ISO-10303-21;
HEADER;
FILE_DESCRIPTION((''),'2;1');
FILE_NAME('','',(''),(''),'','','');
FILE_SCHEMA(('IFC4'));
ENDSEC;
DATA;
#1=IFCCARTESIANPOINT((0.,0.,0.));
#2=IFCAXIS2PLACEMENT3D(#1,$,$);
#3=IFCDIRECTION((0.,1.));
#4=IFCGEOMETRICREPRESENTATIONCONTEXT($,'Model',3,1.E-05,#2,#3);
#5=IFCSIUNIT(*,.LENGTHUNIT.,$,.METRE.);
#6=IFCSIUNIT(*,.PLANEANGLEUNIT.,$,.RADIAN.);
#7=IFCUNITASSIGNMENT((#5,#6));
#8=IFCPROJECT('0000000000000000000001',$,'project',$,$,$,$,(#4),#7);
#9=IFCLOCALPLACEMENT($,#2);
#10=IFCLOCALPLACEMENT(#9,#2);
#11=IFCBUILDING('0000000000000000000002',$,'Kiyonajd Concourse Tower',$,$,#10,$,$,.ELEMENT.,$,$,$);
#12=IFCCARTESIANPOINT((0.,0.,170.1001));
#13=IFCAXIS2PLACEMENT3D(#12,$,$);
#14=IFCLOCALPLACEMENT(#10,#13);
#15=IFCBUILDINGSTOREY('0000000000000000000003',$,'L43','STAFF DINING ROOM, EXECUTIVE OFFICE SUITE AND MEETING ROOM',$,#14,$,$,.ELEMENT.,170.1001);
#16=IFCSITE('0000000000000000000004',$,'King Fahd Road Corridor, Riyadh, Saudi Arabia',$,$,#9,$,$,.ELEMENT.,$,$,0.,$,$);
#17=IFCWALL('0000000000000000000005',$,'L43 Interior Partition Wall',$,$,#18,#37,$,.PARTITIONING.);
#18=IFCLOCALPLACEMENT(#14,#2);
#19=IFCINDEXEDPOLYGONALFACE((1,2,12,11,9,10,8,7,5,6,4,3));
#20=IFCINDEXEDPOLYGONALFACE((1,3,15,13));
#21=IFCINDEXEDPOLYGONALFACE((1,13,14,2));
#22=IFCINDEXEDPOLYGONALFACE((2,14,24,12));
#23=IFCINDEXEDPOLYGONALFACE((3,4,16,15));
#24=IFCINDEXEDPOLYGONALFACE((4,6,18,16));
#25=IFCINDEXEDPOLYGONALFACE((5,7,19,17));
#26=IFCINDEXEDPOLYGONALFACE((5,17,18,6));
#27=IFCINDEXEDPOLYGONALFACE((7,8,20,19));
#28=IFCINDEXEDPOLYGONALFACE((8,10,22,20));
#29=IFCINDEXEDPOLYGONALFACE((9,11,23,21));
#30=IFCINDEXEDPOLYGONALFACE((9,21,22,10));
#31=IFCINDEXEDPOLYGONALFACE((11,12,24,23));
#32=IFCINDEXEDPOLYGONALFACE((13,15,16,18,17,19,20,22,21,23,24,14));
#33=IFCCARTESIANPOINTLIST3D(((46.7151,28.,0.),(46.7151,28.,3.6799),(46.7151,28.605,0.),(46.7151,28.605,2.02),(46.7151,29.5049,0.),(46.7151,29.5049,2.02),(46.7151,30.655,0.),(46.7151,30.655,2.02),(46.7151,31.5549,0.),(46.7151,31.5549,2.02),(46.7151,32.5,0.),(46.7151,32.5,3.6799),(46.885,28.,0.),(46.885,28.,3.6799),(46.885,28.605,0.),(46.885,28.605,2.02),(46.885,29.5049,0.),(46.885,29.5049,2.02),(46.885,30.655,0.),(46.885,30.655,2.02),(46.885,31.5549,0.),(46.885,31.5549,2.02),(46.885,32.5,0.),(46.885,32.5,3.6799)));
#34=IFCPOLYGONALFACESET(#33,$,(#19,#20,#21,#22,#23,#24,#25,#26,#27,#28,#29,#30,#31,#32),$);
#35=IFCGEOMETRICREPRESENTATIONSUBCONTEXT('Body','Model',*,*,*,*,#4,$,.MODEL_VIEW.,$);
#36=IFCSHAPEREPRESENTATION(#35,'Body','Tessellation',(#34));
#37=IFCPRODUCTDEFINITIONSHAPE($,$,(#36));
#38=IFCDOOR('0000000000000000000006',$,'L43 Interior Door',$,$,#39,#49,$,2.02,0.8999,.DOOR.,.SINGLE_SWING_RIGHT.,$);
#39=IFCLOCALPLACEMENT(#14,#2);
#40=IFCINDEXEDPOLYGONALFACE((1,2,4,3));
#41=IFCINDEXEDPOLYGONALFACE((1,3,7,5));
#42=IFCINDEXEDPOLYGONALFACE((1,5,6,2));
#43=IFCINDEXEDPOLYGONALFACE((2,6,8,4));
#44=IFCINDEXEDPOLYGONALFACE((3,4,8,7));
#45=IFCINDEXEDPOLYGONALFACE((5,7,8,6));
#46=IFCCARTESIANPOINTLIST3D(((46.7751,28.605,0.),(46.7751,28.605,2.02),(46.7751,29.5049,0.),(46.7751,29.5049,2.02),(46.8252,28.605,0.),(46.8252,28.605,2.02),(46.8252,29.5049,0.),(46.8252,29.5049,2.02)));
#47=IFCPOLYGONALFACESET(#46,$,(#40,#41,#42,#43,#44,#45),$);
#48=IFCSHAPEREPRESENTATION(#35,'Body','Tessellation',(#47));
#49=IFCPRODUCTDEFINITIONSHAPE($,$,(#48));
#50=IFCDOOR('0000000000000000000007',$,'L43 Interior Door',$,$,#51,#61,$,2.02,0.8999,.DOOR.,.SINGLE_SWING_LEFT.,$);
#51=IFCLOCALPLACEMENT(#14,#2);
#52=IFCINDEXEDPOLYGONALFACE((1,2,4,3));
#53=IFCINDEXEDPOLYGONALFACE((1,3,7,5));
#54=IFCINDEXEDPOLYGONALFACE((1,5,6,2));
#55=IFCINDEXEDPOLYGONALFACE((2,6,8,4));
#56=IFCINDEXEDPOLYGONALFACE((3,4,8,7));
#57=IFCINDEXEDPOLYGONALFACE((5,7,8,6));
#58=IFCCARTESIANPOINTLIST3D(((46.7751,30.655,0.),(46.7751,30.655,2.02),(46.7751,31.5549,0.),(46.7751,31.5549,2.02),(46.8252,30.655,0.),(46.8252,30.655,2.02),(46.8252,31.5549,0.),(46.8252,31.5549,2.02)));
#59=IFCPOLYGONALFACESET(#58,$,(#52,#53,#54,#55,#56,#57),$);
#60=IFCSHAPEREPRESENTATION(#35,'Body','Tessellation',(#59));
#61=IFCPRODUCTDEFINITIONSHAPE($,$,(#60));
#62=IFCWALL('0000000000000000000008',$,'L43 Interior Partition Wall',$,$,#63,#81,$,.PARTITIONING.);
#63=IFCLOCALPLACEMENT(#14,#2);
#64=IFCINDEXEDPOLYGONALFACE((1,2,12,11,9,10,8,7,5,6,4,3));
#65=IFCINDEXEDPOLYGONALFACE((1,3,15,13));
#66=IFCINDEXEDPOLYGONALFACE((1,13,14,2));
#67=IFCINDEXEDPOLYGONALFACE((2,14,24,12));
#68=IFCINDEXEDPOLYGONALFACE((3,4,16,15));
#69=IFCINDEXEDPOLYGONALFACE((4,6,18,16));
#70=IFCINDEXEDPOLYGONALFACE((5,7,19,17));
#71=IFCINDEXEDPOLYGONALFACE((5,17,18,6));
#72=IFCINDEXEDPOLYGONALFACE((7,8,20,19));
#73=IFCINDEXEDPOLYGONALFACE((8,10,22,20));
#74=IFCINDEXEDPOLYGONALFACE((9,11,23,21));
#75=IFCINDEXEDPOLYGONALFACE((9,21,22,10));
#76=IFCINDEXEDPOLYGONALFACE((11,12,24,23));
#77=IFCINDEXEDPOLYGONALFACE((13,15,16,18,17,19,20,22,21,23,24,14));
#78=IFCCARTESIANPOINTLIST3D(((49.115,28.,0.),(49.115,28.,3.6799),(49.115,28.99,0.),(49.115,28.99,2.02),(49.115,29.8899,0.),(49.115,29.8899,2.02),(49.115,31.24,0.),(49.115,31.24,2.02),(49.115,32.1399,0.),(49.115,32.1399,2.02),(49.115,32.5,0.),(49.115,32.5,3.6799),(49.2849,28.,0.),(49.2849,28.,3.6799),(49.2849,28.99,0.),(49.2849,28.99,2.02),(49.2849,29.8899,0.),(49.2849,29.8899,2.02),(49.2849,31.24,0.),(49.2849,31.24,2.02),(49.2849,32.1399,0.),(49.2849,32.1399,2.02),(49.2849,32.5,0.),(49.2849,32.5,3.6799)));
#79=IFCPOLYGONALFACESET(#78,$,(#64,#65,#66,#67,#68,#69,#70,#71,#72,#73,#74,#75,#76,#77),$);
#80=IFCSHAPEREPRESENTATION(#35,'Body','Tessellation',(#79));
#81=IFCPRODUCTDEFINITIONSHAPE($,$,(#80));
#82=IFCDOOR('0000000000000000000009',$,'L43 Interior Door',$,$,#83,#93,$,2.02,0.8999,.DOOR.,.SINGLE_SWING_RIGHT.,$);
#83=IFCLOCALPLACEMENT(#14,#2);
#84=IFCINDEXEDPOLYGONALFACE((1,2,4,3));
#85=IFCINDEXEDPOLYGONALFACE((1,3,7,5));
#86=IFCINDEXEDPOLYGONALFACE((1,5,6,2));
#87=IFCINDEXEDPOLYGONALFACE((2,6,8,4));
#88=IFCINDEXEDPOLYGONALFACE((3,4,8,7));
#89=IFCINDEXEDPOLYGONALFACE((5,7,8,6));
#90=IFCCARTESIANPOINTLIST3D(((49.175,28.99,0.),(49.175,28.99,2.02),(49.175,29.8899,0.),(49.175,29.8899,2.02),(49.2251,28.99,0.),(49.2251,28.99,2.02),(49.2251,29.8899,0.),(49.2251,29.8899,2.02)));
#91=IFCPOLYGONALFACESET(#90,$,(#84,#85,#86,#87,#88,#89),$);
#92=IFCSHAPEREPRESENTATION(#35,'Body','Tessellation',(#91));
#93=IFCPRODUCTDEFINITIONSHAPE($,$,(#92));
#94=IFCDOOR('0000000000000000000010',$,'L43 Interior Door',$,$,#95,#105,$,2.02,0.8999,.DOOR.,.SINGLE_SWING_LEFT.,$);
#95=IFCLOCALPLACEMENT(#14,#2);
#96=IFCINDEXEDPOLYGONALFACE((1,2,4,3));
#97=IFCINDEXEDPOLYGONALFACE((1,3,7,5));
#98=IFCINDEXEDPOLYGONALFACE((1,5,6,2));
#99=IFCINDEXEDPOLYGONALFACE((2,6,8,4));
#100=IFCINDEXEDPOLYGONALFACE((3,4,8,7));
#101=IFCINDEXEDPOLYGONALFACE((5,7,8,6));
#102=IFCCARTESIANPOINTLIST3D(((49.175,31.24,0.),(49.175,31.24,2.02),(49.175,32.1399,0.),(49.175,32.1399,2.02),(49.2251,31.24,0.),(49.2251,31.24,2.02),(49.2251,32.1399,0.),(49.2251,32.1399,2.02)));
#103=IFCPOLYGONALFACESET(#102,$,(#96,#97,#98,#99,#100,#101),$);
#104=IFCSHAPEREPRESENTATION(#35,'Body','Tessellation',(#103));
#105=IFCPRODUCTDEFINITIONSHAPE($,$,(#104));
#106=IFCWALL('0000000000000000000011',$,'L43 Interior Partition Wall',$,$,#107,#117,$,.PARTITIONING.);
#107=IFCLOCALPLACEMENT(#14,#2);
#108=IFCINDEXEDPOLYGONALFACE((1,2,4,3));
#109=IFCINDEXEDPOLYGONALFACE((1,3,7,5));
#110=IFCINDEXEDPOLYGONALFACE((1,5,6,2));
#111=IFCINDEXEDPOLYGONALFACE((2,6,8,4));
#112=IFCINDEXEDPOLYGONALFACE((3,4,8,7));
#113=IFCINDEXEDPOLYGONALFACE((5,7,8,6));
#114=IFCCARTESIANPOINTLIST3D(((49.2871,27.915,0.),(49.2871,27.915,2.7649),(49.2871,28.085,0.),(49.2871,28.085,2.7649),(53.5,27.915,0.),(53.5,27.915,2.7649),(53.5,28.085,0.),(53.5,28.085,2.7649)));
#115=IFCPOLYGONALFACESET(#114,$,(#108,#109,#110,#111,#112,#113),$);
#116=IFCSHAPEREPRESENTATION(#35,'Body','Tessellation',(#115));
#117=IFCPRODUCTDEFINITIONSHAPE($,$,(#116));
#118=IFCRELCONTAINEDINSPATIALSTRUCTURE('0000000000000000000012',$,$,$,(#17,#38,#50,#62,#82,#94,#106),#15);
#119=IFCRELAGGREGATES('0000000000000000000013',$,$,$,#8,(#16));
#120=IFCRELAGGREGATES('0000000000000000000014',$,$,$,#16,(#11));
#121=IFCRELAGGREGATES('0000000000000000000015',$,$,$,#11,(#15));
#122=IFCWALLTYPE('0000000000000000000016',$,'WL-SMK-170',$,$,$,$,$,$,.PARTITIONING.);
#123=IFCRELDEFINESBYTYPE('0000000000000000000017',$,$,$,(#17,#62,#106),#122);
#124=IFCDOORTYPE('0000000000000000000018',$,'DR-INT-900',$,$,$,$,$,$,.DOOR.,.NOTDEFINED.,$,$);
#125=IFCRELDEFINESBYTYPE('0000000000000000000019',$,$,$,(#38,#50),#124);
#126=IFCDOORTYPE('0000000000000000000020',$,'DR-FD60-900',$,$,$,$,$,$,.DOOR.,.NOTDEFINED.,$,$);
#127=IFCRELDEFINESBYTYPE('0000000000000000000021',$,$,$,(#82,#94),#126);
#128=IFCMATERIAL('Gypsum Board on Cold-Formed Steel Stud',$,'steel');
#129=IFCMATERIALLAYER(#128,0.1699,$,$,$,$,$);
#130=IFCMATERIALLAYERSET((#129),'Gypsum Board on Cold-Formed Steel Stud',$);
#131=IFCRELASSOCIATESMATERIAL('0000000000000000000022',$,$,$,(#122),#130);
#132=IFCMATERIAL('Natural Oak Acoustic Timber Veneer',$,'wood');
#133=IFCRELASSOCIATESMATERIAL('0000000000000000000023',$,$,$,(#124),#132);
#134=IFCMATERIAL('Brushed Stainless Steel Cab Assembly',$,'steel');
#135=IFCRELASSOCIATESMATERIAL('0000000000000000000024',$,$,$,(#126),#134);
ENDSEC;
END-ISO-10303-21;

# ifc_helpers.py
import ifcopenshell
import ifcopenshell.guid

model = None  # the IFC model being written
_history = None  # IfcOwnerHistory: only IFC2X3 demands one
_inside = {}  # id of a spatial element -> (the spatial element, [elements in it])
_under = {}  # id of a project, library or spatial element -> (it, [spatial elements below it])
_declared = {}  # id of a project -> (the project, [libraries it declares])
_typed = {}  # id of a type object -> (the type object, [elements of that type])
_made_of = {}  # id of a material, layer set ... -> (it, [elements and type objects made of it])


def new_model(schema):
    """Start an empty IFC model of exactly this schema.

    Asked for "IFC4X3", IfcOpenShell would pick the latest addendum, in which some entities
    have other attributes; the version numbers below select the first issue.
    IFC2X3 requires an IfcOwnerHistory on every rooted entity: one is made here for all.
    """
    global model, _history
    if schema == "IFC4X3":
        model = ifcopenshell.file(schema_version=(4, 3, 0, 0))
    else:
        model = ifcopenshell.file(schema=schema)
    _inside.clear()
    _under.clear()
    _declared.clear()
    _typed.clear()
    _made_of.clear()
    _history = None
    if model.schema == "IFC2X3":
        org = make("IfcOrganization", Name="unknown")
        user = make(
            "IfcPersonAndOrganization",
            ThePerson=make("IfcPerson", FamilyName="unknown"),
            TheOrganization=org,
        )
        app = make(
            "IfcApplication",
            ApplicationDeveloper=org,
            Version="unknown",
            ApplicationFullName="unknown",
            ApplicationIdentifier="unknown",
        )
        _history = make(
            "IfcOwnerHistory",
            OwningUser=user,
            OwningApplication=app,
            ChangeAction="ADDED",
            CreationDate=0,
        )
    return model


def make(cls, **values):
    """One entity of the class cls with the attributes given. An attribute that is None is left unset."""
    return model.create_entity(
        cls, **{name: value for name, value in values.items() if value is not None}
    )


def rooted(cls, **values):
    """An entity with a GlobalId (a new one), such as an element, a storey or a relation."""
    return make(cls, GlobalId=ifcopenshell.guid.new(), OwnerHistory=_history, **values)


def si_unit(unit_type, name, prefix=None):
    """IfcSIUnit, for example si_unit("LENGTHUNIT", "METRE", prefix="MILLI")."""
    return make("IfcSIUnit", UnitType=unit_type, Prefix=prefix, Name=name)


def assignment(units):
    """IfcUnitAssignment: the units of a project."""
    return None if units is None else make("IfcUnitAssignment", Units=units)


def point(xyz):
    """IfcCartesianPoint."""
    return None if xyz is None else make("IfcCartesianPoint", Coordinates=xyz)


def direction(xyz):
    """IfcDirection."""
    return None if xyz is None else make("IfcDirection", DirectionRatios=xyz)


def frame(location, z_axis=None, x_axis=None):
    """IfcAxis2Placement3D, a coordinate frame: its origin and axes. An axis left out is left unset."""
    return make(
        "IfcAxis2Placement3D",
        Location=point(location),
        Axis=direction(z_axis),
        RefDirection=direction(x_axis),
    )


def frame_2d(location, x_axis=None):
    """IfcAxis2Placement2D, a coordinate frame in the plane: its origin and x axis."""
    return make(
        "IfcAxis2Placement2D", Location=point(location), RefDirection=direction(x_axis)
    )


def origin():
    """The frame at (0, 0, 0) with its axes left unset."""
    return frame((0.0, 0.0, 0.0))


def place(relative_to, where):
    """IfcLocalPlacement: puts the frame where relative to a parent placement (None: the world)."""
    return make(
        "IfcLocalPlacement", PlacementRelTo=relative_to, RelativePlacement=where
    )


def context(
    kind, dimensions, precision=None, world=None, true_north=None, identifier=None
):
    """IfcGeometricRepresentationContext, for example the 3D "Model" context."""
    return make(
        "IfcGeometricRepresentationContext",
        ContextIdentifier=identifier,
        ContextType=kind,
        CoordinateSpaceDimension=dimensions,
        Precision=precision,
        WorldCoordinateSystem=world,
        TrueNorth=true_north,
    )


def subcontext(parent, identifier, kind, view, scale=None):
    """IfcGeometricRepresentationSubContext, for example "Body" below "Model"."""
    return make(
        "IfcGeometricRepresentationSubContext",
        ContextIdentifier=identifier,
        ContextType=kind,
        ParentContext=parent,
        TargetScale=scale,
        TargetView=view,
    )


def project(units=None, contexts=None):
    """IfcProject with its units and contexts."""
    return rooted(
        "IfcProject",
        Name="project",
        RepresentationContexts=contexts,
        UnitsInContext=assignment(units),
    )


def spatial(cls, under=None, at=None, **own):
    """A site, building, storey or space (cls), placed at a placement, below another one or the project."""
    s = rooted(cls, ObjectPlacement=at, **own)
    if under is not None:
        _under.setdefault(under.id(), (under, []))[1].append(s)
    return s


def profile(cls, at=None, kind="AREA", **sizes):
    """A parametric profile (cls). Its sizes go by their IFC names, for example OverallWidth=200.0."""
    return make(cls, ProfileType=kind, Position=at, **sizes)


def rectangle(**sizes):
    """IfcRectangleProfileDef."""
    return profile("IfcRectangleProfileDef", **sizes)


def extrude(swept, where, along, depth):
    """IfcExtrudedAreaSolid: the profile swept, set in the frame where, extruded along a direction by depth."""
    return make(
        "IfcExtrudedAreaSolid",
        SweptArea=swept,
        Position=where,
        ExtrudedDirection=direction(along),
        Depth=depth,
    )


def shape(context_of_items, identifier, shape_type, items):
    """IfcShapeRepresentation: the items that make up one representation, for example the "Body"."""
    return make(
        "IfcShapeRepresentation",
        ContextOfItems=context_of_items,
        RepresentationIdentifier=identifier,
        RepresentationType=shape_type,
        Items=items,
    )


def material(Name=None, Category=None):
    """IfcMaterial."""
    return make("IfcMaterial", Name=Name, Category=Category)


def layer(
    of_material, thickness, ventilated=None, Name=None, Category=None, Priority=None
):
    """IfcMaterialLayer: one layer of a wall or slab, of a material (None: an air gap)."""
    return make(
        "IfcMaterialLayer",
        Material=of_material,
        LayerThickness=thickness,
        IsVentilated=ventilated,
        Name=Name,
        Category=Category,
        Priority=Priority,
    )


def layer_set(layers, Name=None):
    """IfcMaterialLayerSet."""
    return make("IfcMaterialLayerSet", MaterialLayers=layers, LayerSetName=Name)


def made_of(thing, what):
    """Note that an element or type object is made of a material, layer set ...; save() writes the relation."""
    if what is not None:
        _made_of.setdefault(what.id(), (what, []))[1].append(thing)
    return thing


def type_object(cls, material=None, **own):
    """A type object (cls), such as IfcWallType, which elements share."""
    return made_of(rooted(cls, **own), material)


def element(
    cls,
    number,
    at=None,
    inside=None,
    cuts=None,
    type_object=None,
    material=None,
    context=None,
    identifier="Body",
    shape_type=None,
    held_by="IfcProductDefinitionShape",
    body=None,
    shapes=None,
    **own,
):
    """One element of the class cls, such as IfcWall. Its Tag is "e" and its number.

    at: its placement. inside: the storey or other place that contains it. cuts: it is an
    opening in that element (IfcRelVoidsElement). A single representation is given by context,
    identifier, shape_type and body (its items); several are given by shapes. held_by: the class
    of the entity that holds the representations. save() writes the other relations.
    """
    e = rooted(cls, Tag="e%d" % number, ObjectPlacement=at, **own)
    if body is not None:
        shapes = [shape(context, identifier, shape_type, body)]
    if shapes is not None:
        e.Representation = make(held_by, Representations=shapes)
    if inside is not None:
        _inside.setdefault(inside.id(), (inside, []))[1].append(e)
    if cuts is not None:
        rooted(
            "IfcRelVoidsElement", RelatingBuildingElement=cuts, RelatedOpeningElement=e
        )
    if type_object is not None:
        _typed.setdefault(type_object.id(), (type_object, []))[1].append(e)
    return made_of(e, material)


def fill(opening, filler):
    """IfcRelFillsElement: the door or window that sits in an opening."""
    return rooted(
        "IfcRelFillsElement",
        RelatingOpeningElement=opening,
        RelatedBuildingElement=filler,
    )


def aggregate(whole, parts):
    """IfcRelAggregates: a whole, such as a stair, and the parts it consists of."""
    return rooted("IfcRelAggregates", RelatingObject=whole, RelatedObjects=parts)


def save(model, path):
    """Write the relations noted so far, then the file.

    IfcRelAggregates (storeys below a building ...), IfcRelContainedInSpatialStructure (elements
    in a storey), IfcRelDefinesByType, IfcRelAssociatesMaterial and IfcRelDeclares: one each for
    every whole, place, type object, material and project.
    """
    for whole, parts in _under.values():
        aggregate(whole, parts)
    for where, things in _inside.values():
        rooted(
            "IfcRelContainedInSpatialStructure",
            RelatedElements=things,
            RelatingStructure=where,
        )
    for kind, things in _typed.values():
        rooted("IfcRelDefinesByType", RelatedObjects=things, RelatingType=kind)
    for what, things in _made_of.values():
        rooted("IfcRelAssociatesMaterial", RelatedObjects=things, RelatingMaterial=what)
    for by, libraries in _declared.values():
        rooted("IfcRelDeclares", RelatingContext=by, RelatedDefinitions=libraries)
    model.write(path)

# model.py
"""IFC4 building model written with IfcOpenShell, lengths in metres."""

from ifc_helpers import new_model, si_unit, direction, frame, frame_2d, origin, place, context, subcontext, project, spatial, rectangle, extrude, material, layer, layer_set, type_object, element, fill, save


model = new_model("IFC4")

# Units and contexts
model_context = context("Model", 3, precision=1e-05, world=origin(), true_north=direction((0.0, 1.0)))
body_context = subcontext(model_context, "Body", "Model", "MODEL_VIEW")
ifc_project = project(units=[si_unit("LENGTHUNIT", "METRE"), si_unit("PLANEANGLEUNIT", "RADIAN")], contexts=[model_context])

# Site, building, storey
site_placement = place(None, origin())
site = spatial("IfcSite", under=ifc_project, at=site_placement, Name="King Fahd Road Corridor, Riyadh, Saudi Arabia", CompositionType="ELEMENT", RefElevation=0.0)
building_placement = place(site_placement, origin())
building = spatial("IfcBuilding", under=site, at=building_placement, Name="Kiyonajd Concourse Tower", CompositionType="ELEMENT")
storey_placement = place(building_placement, frame((0.0, 0.0, 170.1001)))
storey = spatial("IfcBuildingStorey", under=building, at=storey_placement, Name="L43", Description="STAFF DINING ROOM, EXECUTIVE OFFICE SUITE AND MEETING ROOM", CompositionType="ELEMENT", Elevation=170.1001)

# Shared definitions
ifc_material_1 = material(Name="Gypsum Board on Cold-Formed Steel Stud", Category="steel")

# Shared definitions
ifc_layer_1 = layer(ifc_material_1, 0.1699)
ifc_layer_set_1 = layer_set([ifc_layer_1], Name="Gypsum Board on Cold-Formed Steel Stud")
wall_type_1 = type_object("IfcWallType", Name="WL-SMK-170", PredefinedType="PARTITIONING", material=ifc_layer_set_1)
ifc_material_2 = material(Name="Natural Oak Acoustic Timber Veneer", Category="wood")
door_type_1 = type_object("IfcDoorType", Name="DR-INT-900", OperationType="NOTDEFINED", PredefinedType="DOOR", material=ifc_material_2)

# Shared definitions
ifc_material_3 = material(Name="Brushed Stainless Steel Cab Assembly", Category="steel")
door_type_2 = type_object("IfcDoorType", Name="DR-FD60-900", OperationType="NOTDEFINED", PredefinedType="DOOR", material=ifc_material_3)

# Walls, openings, doors
wall_1_placement = place(storey_placement, frame((46.8, 28.0, 0.0), z_axis=(0.0, 0.0, 1.0), x_axis=(0.0, 1.0, 0.0)))
wall_1 = element("IfcWall", 1, at=wall_1_placement, inside=storey, type_object=wall_type_1, Name="L43 Interior Partition Wall", PredefinedType="PARTITIONING", context=body_context, shape_type="SweptSolid", body=[
    extrude(rectangle(XDim=4.5, YDim=0.1699, at=frame_2d((2.25, 0.0))), origin(), (0.0, 0.0, 1.0), 3.6799),
])
opening_1_placement = place(wall_1_placement, frame((0.605, 0.0, 0.0)))
opening_1 = element("IfcOpeningElement", 2, at=opening_1_placement, cuts=wall_1, PredefinedType="OPENING", context=body_context, shape_type="SweptSolid", body=[
    extrude(rectangle(XDim=0.8999, YDim=2.02, at=frame_2d((0.45, 1.01))), frame((0.0, 0.095, 0.0), z_axis=(0.0, -1.0, 0.0), x_axis=(1.0, 0.0, 0.0)), (0.0, 0.0, 1.0), 0.1899),
])
opening_2_placement = place(wall_1_placement, frame((2.655, 0.0, 0.0)))
opening_2 = element("IfcOpeningElement", 3, at=opening_2_placement, cuts=wall_1, PredefinedType="OPENING", context=body_context, shape_type="SweptSolid", body=[
    extrude(rectangle(XDim=0.8999, YDim=2.02, at=frame_2d((0.45, 1.01))), frame((0.0, 0.095, 0.0), z_axis=(0.0, -1.0, 0.0), x_axis=(1.0, 0.0, 0.0)), (0.0, 0.0, 1.0), 0.1899),
])
door_1_placement = place(opening_1_placement, origin())
door_1 = element("IfcDoor", 4, at=door_1_placement, inside=storey, type_object=door_type_1, Name="L43 Interior Door", OperationType="SINGLE_SWING_RIGHT", OverallHeight=2.02, OverallWidth=0.8999, PredefinedType="DOOR", context=body_context, shape_type="SweptSolid", body=[
    extrude(rectangle(XDim=0.8999, YDim=2.02, at=frame_2d((0.45, 1.01))), frame((0.0, 0.0249, 0.0), z_axis=(0.0, -1.0, 0.0), x_axis=(1.0, 0.0, 0.0)), (0.0, 0.0, 1.0), 0.05),
])
fill(opening_1, door_1)
door_2_placement = place(opening_2_placement, origin())
door_2 = element("IfcDoor", 5, at=door_2_placement, inside=storey, type_object=door_type_1, Name="L43 Interior Door", OperationType="SINGLE_SWING_LEFT", OverallHeight=2.02, OverallWidth=0.8999, PredefinedType="DOOR", context=body_context, shape_type="SweptSolid", body=[
    extrude(rectangle(XDim=0.8999, YDim=2.02, at=frame_2d((0.45, 1.01))), frame((0.0, 0.0249, 0.0), z_axis=(0.0, -1.0, 0.0), x_axis=(1.0, 0.0, 0.0)), (0.0, 0.0, 1.0), 0.05),
])
fill(opening_2, door_2)
wall_2_placement = place(storey_placement, frame((49.2, 28.0, 0.0), z_axis=(0.0, 0.0, 1.0), x_axis=(0.0, 1.0, 0.0)))
wall_2 = element("IfcWall", 6, at=wall_2_placement, inside=storey, type_object=wall_type_1, Name="L43 Interior Partition Wall", PredefinedType="PARTITIONING", context=body_context, shape_type="SweptSolid", body=[
    extrude(rectangle(XDim=4.5, YDim=0.1699, at=frame_2d((2.25, 0.0))), origin(), (0.0, 0.0, 1.0), 3.6799),
])
opening_3_placement = place(wall_2_placement, frame((0.99, 0.0, 0.0)))
opening_3 = element("IfcOpeningElement", 7, at=opening_3_placement, cuts=wall_2, PredefinedType="OPENING", context=body_context, shape_type="SweptSolid", body=[
    extrude(rectangle(XDim=0.8999, YDim=2.02, at=frame_2d((0.45, 1.01))), frame((0.0, 0.095, 0.0), z_axis=(0.0, -1.0, 0.0), x_axis=(1.0, 0.0, 0.0)), (0.0, 0.0, 1.0), 0.1899),
])
opening_4_placement = place(wall_2_placement, frame((3.24, 0.0, 0.0)))
opening_4 = element("IfcOpeningElement", 8, at=opening_4_placement, cuts=wall_2, PredefinedType="OPENING", context=body_context, shape_type="SweptSolid", body=[
    extrude(rectangle(XDim=0.8999, YDim=2.02, at=frame_2d((0.45, 1.01))), frame((0.0, 0.095, 0.0), z_axis=(0.0, -1.0, 0.0), x_axis=(1.0, 0.0, 0.0)), (0.0, 0.0, 1.0), 0.1899),
])
door_3_placement = place(opening_3_placement, origin())
door_3 = element("IfcDoor", 9, at=door_3_placement, inside=storey, type_object=door_type_2, Name="L43 Interior Door", OperationType="SINGLE_SWING_RIGHT", OverallHeight=2.02, OverallWidth=0.8999, PredefinedType="DOOR", context=body_context, shape_type="SweptSolid", body=[
    extrude(rectangle(XDim=0.8999, YDim=2.02, at=frame_2d((0.45, 1.01))), frame((0.0, 0.0249, 0.0), z_axis=(0.0, -1.0, 0.0), x_axis=(1.0, 0.0, 0.0)), (0.0, 0.0, 1.0), 0.05),
])
fill(opening_3, door_3)
door_4_placement = place(opening_4_placement, origin())
door_4 = element("IfcDoor", 10, at=door_4_placement, inside=storey, type_object=door_type_2, Name="L43 Interior Door", OperationType="SINGLE_SWING_LEFT", OverallHeight=2.02, OverallWidth=0.8999, PredefinedType="DOOR", context=body_context, shape_type="SweptSolid", body=[
    extrude(rectangle(XDim=0.8999, YDim=2.02, at=frame_2d((0.45, 1.01))), frame((0.0, 0.0249, 0.0), z_axis=(0.0, -1.0, 0.0), x_axis=(1.0, 0.0, 0.0)), (0.0, 0.0, 1.0), 0.05),
])
fill(opening_4, door_4)

# Wall
wall_3_placement = place(storey_placement, frame((49.2871, 28.0, 0.0), z_axis=(0.0, 0.0, 1.0), x_axis=(1.0, 0.0, 0.0)))
element("IfcWall", 11, at=wall_3_placement, inside=storey, type_object=wall_type_1, Name="L43 Interior Partition Wall", PredefinedType="PARTITIONING", context=body_context, shape_type="SweptSolid", body=[
    extrude(rectangle(XDim=4.2129, YDim=0.1699, at=frame_2d((2.1064, 0.0))), origin(), (0.0, 0.0, 1.0), 2.7649),
])

save(model, "model.ifc")
